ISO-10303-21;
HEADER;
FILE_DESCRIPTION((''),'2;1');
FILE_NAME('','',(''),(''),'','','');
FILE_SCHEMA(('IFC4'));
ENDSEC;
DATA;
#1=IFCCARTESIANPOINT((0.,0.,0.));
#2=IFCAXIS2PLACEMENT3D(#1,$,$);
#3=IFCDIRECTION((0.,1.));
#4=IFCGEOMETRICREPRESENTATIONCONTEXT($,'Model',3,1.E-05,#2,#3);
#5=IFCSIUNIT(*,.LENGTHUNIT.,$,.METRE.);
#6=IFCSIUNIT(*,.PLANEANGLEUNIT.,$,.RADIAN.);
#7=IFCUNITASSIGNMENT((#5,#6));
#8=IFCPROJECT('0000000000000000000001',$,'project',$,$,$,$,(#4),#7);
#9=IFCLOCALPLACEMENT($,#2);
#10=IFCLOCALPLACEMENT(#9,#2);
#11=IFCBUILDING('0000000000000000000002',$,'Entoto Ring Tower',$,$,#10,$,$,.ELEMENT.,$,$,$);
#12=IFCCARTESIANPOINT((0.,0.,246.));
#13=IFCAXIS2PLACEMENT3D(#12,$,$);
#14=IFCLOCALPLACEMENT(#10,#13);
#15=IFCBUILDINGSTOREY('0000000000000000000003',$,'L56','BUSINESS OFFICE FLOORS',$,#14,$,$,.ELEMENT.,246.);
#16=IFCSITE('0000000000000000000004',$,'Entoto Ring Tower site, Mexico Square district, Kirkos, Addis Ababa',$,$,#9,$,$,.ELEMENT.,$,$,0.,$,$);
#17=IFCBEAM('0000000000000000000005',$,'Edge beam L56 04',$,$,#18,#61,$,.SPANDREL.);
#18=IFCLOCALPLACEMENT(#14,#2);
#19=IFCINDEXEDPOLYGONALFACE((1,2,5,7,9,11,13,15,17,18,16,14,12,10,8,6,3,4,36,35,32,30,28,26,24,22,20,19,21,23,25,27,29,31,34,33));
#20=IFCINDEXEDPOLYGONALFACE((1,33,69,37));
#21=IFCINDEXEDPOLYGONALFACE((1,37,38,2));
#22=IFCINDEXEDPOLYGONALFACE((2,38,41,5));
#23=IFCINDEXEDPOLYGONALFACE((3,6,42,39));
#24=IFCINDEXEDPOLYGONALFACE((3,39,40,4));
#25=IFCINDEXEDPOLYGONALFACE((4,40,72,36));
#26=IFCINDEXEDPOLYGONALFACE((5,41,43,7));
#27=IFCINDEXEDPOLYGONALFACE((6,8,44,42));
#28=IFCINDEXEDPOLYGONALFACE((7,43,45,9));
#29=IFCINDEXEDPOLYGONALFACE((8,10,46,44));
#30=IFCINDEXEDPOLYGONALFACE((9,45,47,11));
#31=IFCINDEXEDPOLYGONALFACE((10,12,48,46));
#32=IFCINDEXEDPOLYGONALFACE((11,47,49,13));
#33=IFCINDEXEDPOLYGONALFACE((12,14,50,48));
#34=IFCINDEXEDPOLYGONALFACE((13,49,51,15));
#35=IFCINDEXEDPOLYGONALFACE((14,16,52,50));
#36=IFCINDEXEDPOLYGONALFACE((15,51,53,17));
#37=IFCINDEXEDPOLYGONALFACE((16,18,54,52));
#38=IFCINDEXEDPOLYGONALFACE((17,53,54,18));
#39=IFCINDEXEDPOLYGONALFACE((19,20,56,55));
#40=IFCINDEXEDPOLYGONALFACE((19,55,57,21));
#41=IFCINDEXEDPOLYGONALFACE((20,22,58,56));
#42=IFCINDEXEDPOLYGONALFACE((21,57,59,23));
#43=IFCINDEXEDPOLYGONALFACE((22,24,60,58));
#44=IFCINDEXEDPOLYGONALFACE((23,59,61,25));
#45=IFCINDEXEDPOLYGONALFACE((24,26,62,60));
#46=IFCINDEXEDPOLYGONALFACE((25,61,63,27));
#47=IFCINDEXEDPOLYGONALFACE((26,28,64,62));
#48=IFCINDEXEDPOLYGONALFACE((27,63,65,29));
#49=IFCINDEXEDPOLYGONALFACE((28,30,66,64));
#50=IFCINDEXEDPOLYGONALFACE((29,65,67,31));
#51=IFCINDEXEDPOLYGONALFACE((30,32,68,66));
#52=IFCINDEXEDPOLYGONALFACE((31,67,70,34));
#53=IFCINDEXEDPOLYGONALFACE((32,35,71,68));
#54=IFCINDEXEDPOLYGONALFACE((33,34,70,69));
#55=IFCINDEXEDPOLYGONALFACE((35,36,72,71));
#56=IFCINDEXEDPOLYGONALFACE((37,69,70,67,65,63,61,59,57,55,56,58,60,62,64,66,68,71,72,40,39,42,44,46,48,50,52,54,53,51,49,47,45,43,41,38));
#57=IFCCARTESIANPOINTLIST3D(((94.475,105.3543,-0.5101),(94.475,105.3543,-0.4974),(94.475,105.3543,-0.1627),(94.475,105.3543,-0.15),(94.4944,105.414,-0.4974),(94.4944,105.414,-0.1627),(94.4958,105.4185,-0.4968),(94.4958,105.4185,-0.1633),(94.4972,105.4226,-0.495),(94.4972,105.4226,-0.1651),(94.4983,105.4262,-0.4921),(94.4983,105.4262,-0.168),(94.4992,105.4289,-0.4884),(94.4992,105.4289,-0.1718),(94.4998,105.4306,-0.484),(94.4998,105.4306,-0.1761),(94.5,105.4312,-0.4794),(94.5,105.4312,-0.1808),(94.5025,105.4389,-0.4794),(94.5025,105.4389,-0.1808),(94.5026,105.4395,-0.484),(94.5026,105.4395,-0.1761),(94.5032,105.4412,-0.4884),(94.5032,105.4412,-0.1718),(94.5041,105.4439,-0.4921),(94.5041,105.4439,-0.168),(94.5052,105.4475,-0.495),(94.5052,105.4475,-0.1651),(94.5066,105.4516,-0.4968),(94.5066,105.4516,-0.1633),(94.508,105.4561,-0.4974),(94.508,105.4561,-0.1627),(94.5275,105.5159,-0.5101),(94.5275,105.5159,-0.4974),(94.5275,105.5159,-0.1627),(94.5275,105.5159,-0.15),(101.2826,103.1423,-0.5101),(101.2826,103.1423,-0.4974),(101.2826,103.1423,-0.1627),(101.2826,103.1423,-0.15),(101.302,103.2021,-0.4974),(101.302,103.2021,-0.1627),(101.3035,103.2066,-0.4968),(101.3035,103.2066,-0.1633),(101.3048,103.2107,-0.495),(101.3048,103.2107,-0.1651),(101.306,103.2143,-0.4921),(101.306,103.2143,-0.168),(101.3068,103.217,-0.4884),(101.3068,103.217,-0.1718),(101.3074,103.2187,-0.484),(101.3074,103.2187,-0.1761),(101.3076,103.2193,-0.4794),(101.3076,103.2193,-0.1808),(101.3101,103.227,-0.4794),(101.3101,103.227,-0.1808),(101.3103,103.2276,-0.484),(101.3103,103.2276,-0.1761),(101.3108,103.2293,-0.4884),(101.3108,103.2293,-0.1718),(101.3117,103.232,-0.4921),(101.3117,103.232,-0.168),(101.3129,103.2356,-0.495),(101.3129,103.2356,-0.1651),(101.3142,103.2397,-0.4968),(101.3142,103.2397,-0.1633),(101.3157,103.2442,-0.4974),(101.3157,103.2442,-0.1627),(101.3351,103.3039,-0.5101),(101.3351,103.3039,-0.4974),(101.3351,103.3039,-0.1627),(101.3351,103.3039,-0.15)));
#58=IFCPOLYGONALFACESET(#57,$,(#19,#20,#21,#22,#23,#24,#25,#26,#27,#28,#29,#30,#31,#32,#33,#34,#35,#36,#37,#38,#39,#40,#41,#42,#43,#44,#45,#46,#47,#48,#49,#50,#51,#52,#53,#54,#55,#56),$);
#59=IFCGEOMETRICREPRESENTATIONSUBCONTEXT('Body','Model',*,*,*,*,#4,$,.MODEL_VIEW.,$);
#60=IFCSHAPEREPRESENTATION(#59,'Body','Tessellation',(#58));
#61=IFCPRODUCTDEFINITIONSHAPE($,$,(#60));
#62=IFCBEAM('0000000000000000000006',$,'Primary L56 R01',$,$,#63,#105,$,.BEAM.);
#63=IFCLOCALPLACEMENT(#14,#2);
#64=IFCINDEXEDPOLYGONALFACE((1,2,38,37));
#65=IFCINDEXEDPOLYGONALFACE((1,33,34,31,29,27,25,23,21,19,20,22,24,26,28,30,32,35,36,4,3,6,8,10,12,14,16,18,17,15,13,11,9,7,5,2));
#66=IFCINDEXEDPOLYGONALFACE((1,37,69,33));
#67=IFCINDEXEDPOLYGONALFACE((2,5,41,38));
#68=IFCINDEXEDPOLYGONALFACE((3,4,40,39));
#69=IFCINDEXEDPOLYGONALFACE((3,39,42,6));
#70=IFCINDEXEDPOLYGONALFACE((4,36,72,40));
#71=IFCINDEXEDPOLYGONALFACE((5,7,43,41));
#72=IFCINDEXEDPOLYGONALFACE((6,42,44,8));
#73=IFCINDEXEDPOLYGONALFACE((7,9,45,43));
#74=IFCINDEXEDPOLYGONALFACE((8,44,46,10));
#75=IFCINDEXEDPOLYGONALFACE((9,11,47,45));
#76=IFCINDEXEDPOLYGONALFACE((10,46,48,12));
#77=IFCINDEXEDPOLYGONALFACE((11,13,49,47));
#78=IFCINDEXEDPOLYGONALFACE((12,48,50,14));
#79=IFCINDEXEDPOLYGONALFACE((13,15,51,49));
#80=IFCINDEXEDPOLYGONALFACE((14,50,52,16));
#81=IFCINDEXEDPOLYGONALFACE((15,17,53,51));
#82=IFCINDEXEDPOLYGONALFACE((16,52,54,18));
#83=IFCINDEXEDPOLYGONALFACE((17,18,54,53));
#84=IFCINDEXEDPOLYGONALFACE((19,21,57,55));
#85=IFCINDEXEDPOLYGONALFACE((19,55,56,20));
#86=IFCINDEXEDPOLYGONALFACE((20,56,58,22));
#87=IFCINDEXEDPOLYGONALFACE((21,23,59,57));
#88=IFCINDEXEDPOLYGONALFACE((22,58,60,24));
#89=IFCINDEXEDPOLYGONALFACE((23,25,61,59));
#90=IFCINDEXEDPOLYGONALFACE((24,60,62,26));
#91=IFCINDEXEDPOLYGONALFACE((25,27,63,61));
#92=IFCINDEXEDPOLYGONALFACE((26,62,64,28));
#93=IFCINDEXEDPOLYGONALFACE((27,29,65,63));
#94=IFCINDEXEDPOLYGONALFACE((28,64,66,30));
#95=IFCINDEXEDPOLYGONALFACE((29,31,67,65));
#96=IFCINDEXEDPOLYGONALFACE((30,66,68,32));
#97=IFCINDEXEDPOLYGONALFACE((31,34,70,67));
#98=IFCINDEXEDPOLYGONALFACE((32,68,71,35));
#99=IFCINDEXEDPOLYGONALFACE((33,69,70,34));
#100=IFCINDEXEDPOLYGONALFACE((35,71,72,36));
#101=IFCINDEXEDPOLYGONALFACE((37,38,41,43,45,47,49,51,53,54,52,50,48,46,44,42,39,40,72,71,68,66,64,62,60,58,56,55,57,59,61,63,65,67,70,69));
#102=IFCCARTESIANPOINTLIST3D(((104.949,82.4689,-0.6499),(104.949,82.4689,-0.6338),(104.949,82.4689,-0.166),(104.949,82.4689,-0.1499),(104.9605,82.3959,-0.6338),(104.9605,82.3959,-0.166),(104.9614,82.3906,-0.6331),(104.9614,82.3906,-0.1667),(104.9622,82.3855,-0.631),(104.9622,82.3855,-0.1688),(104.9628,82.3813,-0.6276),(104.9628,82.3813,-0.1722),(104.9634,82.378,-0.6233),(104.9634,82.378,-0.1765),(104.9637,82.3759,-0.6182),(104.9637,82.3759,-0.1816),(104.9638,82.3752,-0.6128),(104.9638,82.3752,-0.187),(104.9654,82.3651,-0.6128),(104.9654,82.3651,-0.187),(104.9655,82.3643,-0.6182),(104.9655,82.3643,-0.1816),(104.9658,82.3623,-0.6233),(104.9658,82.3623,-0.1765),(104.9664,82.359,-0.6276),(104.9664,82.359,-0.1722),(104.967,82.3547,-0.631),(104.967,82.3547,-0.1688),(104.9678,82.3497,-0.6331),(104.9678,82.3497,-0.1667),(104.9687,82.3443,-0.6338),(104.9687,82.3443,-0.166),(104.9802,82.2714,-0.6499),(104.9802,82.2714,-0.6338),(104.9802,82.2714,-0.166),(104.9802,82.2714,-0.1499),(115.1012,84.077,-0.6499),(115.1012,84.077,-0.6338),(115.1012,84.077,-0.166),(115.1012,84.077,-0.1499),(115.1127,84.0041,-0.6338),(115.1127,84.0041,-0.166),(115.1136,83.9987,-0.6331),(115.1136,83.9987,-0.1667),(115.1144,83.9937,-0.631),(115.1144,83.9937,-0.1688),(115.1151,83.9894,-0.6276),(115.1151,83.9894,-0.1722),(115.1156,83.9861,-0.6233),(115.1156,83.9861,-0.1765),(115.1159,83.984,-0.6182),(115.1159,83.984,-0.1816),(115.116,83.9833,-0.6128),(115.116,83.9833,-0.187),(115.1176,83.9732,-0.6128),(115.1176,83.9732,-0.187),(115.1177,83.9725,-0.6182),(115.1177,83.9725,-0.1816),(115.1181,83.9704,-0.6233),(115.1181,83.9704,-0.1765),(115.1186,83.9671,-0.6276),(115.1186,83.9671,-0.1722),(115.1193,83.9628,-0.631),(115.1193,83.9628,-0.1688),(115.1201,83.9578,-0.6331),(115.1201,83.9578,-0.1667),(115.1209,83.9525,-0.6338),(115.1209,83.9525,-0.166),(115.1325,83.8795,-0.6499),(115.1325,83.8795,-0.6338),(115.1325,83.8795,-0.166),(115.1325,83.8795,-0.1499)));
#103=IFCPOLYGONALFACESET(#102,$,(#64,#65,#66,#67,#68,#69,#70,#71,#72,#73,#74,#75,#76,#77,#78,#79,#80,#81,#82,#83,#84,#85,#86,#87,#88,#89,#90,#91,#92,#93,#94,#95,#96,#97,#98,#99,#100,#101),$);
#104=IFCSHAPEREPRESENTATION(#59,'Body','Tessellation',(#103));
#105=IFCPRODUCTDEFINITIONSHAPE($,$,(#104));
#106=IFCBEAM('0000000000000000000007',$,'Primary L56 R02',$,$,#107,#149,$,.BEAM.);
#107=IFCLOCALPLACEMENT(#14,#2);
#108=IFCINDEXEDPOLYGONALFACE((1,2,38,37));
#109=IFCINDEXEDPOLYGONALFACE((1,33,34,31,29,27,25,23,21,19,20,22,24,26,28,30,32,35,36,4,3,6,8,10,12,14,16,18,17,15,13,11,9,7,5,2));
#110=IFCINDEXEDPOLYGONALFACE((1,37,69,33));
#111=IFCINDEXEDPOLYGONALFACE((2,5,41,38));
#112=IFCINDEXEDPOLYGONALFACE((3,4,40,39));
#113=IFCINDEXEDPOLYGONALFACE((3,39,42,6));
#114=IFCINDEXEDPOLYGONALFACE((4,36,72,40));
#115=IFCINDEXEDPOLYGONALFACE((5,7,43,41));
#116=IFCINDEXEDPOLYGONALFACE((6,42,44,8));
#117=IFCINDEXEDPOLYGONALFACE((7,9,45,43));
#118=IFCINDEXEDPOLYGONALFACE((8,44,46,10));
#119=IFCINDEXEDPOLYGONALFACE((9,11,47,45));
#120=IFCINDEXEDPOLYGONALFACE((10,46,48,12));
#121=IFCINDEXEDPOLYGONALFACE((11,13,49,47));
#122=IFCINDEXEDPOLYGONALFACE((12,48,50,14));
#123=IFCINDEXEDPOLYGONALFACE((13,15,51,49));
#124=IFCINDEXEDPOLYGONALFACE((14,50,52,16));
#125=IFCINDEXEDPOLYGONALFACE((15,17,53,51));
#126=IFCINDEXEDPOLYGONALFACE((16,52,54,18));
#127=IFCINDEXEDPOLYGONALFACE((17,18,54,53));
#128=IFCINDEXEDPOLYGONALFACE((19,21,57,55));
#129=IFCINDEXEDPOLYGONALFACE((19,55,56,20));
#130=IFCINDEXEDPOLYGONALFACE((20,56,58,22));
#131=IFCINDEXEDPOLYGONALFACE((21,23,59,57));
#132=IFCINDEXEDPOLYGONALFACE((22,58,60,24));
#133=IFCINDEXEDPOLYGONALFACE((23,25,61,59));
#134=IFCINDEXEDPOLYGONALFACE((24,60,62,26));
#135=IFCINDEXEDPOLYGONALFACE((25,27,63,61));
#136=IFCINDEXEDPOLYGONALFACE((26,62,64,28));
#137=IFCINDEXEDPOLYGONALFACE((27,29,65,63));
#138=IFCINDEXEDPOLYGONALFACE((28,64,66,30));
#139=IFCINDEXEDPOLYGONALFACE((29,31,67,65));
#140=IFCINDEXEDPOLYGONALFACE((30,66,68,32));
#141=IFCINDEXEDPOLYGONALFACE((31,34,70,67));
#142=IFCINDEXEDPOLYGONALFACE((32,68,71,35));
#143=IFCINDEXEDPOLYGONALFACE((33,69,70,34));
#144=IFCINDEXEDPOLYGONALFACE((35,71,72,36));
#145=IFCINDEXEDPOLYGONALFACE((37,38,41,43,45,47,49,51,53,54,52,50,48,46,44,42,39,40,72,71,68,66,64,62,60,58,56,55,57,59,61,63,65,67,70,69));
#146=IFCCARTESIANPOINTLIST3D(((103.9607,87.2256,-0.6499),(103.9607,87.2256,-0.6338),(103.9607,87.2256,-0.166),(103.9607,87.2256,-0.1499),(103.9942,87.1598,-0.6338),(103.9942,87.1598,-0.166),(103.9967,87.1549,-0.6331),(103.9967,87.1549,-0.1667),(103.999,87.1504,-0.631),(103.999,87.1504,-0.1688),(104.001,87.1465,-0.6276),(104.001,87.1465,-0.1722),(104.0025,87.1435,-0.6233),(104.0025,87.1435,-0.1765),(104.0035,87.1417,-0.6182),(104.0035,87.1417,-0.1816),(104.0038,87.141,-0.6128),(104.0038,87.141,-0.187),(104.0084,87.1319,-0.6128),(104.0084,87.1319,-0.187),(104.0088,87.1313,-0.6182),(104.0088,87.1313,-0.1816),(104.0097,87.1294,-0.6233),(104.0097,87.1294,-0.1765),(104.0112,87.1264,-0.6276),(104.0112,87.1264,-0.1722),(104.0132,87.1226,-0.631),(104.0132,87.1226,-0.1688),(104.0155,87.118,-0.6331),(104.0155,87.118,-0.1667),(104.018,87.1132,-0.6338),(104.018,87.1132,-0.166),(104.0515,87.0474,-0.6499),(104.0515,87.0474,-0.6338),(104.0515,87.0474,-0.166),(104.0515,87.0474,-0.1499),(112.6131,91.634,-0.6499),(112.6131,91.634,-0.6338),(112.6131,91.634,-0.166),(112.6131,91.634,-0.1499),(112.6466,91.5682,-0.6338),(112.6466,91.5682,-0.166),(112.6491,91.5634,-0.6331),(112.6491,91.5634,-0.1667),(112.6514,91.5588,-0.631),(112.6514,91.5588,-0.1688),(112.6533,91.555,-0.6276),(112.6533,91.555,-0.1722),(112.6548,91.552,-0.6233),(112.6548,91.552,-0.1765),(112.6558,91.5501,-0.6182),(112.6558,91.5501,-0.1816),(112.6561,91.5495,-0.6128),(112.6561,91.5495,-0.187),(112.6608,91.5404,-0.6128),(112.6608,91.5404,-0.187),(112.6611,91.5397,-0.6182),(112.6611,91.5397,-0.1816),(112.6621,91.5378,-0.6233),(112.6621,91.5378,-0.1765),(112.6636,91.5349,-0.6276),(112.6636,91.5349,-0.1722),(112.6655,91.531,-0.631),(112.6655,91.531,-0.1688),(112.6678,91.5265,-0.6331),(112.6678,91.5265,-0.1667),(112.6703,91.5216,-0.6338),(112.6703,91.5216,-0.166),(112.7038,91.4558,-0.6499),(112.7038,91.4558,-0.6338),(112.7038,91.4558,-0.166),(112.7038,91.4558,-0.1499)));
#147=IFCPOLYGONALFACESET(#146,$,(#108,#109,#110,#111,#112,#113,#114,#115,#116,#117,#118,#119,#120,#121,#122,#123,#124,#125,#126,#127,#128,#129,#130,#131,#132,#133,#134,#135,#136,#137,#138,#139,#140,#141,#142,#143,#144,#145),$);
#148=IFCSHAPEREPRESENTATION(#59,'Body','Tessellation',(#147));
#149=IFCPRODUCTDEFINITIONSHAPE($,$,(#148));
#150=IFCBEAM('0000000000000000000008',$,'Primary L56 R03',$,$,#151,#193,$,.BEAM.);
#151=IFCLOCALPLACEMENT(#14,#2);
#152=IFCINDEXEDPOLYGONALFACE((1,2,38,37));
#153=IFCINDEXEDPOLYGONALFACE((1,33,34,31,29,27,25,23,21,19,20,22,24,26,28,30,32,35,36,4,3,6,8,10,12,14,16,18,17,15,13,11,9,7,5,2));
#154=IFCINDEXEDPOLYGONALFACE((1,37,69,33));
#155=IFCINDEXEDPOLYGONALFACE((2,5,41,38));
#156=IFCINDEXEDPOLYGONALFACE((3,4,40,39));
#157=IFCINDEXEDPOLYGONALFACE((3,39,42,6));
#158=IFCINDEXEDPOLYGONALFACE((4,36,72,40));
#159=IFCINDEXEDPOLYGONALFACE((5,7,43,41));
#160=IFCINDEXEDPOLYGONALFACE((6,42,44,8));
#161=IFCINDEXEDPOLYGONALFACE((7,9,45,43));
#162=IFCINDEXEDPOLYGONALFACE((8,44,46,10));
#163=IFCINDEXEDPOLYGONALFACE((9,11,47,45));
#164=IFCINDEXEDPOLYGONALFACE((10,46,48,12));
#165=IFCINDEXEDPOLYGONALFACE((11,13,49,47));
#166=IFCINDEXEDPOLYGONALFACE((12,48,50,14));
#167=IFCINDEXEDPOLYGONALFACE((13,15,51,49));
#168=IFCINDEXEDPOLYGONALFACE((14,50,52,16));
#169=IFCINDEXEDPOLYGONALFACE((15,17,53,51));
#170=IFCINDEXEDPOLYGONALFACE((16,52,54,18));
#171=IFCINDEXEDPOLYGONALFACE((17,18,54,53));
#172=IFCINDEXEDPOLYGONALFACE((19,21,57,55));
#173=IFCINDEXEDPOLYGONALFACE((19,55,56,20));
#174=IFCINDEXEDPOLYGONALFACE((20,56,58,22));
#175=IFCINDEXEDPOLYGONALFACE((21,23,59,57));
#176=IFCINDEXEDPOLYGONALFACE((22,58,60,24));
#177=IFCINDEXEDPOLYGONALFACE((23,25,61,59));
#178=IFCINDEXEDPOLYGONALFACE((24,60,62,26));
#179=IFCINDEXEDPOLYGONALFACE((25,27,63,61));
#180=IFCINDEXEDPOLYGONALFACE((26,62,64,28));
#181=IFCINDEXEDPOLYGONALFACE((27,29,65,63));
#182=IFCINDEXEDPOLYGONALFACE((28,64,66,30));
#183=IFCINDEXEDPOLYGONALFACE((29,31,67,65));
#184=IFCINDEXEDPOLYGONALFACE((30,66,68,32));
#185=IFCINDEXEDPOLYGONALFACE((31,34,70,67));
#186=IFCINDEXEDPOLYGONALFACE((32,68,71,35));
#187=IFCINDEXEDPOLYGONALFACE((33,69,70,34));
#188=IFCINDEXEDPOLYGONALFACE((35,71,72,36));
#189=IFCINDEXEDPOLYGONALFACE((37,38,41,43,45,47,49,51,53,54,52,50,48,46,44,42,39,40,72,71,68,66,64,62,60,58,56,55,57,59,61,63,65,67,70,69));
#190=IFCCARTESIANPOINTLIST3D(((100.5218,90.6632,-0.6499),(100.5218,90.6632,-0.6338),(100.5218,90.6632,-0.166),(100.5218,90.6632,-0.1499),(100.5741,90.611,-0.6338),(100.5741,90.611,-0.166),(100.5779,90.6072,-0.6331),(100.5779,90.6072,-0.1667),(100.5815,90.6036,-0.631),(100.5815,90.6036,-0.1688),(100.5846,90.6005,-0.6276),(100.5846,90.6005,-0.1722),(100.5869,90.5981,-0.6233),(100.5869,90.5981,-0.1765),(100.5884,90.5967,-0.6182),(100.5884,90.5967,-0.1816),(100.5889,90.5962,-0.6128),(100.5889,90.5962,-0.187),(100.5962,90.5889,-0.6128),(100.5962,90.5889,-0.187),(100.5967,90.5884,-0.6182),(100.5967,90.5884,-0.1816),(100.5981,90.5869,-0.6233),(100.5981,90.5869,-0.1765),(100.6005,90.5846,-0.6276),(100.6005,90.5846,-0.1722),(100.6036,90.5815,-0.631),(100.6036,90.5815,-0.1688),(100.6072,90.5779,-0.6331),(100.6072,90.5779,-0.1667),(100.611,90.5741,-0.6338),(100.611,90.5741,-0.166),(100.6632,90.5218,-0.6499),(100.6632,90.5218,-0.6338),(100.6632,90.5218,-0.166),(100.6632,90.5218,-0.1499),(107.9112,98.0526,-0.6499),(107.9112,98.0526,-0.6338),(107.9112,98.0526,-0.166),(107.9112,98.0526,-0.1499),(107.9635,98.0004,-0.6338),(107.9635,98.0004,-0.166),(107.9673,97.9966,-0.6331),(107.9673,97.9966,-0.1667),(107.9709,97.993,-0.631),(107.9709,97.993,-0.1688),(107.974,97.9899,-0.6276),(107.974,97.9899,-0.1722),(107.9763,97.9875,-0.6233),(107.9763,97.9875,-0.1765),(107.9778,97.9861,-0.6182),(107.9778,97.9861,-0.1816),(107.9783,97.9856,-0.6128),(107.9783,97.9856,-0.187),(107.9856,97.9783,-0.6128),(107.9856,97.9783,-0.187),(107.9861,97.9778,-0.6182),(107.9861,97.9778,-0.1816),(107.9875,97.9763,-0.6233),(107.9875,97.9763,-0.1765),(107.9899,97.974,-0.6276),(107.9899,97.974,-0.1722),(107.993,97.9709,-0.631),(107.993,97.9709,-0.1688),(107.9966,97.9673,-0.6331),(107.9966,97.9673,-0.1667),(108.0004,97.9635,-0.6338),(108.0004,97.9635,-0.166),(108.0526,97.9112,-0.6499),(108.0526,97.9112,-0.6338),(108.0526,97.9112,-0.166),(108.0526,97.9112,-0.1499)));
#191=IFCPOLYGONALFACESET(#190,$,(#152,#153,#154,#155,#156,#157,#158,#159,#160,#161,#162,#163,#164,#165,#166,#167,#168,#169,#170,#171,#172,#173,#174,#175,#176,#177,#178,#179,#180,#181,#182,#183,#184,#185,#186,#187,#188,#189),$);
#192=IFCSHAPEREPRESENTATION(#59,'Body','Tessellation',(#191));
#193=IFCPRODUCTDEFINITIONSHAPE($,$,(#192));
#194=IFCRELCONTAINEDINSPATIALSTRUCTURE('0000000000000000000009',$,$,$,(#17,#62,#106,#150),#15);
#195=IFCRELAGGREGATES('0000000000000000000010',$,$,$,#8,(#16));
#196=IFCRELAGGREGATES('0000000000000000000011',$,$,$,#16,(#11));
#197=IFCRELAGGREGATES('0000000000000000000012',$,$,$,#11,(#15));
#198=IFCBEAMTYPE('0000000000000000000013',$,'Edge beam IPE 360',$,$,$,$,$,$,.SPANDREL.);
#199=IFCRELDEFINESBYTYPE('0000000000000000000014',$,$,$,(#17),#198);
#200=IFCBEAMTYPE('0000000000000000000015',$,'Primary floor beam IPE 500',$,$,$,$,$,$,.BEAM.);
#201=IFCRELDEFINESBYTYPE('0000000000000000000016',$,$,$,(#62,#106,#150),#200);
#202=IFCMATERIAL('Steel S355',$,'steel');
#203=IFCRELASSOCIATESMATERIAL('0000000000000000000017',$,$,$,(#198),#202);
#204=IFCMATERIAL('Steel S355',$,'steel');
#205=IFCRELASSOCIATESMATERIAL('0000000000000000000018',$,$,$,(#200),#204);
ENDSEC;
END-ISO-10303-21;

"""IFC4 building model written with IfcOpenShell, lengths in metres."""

from ifc_helpers import new_model, si_unit, direction, frame, origin, origin_2d, place, context, subcontext, project, spatial, i_section, extrude, material, material_profile, profile_set, type_object, element, save


model = new_model("IFC4")

# Units and contexts
model_context = context("Model", 3, precision=1e-05, world=origin(), true_north=direction((0.0, 1.0)))
body_context = subcontext(model_context, "Body", "Model", "MODEL_VIEW")
ifc_project = project(units=[si_unit("LENGTHUNIT", "METRE"), si_unit("PLANEANGLEUNIT", "RADIAN")], contexts=[model_context])

# Site, building, storey
site_placement = place(None, origin())
site = spatial("IfcSite", under=ifc_project, at=site_placement, Name="Entoto Ring Tower site, Mexico Square district, Kirkos, Addis Ababa", CompositionType="ELEMENT", RefElevation=0.0)
building_placement = place(site_placement, origin())
building = spatial("IfcBuilding", under=site, at=building_placement, Name="Entoto Ring Tower", CompositionType="ELEMENT")
storey_placement = place(building_placement, frame((0.0, 0.0, 246.0)))
storey = spatial("IfcBuildingStorey", under=building, at=storey_placement, Name="L56", Description="BUSINESS OFFICE FLOORS", CompositionType="ELEMENT", Elevation=246.0)

# Beams
ifc_material_1 = material(Name="Steel S355", Category="steel")
ifc_material_profile_1 = material_profile(ifc_material_1, i_section(OverallWidth=0.1699, OverallDepth=0.3601, WebThickness=0.0081, FlangeThickness=0.0127, FilletRadius=0.0181, at=origin_2d()), Name="IPE 360")
ifc_profile_set_1 = profile_set([ifc_material_profile_1], Name="Steel S355")
beam_type_1 = type_object("IfcBeamType", Name="Edge beam IPE 360", PredefinedType="SPANDREL", material=ifc_profile_set_1)
beam_1_placement = place(storey_placement, frame((101.3088, 103.2231, -0.3301), z_axis=(-0.951057, 0.309015, 0.0), x_axis=(-0.309015, -0.951057, 0.0)))
element("IfcBeam", 1, at=beam_1_placement, inside=storey, type_object=beam_type_1, Name="Edge beam L56 04", PredefinedType="SPANDREL", context=body_context, shape_type="SweptSolid", body=[
    extrude(i_section(OverallWidth=0.1699, OverallDepth=0.3601, WebThickness=0.0081, FlangeThickness=0.0127, FilletRadius=0.0181, at=origin_2d()), origin(), (0.0, 0.0, 1.0), 7.158),
])
ifc_material_2 = material(Name="Steel S355", Category="steel")
ifc_material_profile_2 = material_profile(ifc_material_2, i_section(OverallWidth=0.2, OverallDepth=0.5, WebThickness=0.0103, FlangeThickness=0.0161, FilletRadius=0.021, at=origin_2d()), Name="IPE 500")
ifc_profile_set_2 = profile_set([ifc_material_profile_2], Name="Steel S355")
beam_type_2 = type_object("IfcBeamType", Name="Primary floor beam IPE 500", PredefinedType="BEAM", material=ifc_profile_set_2)
beam_2_placement = place(storey_placement, frame((104.9646, 82.3701, -0.3999), z_axis=(0.987686, 0.156452, 0.0), x_axis=(-0.156452, 0.987686, 0.0)))
element("IfcBeam", 2, at=beam_2_placement, inside=storey, type_object=beam_type_2, Name="Primary L56 R01", PredefinedType="BEAM", context=body_context, shape_type="SweptSolid", body=[
    extrude(i_section(OverallWidth=0.2, OverallDepth=0.5, WebThickness=0.0103, FlangeThickness=0.0161, FilletRadius=0.021, at=origin_2d()), origin(), (0.0, 0.0, 1.0), 10.2788),
])
beam_3_placement = place(storey_placement, frame((104.0061, 87.1365, -0.3999), z_axis=(0.891012, 0.453979, 0.0), x_axis=(-0.453979, 0.891012, 0.0)))
element("IfcBeam", 3, at=beam_3_placement, inside=storey, type_object=beam_type_2, Name="Primary L56 R02", PredefinedType="BEAM", context=body_context, shape_type="SweptSolid", body=[
    extrude(i_section(OverallWidth=0.2, OverallDepth=0.5, WebThickness=0.0103, FlangeThickness=0.0161, FilletRadius=0.021, at=origin_2d()), origin(), (0.0, 0.0, 1.0), 9.7107),
])
beam_4_placement = place(storey_placement, frame((100.5925, 90.5925, -0.3999), z_axis=(0.707107, 0.707107, 0.0), x_axis=(-0.707107, 0.707107, 0.0)))
element("IfcBeam", 4, at=beam_4_placement, inside=storey, type_object=beam_type_2, Name="Primary L56 R03", PredefinedType="BEAM", context=body_context, shape_type="SweptSolid", body=[
    extrude(i_section(OverallWidth=0.2, OverallDepth=0.5, WebThickness=0.0103, FlangeThickness=0.0161, FilletRadius=0.021, at=origin_2d()), origin(), (0.0, 0.0, 1.0), 10.4502),
])

save(model, "model.ifc")
